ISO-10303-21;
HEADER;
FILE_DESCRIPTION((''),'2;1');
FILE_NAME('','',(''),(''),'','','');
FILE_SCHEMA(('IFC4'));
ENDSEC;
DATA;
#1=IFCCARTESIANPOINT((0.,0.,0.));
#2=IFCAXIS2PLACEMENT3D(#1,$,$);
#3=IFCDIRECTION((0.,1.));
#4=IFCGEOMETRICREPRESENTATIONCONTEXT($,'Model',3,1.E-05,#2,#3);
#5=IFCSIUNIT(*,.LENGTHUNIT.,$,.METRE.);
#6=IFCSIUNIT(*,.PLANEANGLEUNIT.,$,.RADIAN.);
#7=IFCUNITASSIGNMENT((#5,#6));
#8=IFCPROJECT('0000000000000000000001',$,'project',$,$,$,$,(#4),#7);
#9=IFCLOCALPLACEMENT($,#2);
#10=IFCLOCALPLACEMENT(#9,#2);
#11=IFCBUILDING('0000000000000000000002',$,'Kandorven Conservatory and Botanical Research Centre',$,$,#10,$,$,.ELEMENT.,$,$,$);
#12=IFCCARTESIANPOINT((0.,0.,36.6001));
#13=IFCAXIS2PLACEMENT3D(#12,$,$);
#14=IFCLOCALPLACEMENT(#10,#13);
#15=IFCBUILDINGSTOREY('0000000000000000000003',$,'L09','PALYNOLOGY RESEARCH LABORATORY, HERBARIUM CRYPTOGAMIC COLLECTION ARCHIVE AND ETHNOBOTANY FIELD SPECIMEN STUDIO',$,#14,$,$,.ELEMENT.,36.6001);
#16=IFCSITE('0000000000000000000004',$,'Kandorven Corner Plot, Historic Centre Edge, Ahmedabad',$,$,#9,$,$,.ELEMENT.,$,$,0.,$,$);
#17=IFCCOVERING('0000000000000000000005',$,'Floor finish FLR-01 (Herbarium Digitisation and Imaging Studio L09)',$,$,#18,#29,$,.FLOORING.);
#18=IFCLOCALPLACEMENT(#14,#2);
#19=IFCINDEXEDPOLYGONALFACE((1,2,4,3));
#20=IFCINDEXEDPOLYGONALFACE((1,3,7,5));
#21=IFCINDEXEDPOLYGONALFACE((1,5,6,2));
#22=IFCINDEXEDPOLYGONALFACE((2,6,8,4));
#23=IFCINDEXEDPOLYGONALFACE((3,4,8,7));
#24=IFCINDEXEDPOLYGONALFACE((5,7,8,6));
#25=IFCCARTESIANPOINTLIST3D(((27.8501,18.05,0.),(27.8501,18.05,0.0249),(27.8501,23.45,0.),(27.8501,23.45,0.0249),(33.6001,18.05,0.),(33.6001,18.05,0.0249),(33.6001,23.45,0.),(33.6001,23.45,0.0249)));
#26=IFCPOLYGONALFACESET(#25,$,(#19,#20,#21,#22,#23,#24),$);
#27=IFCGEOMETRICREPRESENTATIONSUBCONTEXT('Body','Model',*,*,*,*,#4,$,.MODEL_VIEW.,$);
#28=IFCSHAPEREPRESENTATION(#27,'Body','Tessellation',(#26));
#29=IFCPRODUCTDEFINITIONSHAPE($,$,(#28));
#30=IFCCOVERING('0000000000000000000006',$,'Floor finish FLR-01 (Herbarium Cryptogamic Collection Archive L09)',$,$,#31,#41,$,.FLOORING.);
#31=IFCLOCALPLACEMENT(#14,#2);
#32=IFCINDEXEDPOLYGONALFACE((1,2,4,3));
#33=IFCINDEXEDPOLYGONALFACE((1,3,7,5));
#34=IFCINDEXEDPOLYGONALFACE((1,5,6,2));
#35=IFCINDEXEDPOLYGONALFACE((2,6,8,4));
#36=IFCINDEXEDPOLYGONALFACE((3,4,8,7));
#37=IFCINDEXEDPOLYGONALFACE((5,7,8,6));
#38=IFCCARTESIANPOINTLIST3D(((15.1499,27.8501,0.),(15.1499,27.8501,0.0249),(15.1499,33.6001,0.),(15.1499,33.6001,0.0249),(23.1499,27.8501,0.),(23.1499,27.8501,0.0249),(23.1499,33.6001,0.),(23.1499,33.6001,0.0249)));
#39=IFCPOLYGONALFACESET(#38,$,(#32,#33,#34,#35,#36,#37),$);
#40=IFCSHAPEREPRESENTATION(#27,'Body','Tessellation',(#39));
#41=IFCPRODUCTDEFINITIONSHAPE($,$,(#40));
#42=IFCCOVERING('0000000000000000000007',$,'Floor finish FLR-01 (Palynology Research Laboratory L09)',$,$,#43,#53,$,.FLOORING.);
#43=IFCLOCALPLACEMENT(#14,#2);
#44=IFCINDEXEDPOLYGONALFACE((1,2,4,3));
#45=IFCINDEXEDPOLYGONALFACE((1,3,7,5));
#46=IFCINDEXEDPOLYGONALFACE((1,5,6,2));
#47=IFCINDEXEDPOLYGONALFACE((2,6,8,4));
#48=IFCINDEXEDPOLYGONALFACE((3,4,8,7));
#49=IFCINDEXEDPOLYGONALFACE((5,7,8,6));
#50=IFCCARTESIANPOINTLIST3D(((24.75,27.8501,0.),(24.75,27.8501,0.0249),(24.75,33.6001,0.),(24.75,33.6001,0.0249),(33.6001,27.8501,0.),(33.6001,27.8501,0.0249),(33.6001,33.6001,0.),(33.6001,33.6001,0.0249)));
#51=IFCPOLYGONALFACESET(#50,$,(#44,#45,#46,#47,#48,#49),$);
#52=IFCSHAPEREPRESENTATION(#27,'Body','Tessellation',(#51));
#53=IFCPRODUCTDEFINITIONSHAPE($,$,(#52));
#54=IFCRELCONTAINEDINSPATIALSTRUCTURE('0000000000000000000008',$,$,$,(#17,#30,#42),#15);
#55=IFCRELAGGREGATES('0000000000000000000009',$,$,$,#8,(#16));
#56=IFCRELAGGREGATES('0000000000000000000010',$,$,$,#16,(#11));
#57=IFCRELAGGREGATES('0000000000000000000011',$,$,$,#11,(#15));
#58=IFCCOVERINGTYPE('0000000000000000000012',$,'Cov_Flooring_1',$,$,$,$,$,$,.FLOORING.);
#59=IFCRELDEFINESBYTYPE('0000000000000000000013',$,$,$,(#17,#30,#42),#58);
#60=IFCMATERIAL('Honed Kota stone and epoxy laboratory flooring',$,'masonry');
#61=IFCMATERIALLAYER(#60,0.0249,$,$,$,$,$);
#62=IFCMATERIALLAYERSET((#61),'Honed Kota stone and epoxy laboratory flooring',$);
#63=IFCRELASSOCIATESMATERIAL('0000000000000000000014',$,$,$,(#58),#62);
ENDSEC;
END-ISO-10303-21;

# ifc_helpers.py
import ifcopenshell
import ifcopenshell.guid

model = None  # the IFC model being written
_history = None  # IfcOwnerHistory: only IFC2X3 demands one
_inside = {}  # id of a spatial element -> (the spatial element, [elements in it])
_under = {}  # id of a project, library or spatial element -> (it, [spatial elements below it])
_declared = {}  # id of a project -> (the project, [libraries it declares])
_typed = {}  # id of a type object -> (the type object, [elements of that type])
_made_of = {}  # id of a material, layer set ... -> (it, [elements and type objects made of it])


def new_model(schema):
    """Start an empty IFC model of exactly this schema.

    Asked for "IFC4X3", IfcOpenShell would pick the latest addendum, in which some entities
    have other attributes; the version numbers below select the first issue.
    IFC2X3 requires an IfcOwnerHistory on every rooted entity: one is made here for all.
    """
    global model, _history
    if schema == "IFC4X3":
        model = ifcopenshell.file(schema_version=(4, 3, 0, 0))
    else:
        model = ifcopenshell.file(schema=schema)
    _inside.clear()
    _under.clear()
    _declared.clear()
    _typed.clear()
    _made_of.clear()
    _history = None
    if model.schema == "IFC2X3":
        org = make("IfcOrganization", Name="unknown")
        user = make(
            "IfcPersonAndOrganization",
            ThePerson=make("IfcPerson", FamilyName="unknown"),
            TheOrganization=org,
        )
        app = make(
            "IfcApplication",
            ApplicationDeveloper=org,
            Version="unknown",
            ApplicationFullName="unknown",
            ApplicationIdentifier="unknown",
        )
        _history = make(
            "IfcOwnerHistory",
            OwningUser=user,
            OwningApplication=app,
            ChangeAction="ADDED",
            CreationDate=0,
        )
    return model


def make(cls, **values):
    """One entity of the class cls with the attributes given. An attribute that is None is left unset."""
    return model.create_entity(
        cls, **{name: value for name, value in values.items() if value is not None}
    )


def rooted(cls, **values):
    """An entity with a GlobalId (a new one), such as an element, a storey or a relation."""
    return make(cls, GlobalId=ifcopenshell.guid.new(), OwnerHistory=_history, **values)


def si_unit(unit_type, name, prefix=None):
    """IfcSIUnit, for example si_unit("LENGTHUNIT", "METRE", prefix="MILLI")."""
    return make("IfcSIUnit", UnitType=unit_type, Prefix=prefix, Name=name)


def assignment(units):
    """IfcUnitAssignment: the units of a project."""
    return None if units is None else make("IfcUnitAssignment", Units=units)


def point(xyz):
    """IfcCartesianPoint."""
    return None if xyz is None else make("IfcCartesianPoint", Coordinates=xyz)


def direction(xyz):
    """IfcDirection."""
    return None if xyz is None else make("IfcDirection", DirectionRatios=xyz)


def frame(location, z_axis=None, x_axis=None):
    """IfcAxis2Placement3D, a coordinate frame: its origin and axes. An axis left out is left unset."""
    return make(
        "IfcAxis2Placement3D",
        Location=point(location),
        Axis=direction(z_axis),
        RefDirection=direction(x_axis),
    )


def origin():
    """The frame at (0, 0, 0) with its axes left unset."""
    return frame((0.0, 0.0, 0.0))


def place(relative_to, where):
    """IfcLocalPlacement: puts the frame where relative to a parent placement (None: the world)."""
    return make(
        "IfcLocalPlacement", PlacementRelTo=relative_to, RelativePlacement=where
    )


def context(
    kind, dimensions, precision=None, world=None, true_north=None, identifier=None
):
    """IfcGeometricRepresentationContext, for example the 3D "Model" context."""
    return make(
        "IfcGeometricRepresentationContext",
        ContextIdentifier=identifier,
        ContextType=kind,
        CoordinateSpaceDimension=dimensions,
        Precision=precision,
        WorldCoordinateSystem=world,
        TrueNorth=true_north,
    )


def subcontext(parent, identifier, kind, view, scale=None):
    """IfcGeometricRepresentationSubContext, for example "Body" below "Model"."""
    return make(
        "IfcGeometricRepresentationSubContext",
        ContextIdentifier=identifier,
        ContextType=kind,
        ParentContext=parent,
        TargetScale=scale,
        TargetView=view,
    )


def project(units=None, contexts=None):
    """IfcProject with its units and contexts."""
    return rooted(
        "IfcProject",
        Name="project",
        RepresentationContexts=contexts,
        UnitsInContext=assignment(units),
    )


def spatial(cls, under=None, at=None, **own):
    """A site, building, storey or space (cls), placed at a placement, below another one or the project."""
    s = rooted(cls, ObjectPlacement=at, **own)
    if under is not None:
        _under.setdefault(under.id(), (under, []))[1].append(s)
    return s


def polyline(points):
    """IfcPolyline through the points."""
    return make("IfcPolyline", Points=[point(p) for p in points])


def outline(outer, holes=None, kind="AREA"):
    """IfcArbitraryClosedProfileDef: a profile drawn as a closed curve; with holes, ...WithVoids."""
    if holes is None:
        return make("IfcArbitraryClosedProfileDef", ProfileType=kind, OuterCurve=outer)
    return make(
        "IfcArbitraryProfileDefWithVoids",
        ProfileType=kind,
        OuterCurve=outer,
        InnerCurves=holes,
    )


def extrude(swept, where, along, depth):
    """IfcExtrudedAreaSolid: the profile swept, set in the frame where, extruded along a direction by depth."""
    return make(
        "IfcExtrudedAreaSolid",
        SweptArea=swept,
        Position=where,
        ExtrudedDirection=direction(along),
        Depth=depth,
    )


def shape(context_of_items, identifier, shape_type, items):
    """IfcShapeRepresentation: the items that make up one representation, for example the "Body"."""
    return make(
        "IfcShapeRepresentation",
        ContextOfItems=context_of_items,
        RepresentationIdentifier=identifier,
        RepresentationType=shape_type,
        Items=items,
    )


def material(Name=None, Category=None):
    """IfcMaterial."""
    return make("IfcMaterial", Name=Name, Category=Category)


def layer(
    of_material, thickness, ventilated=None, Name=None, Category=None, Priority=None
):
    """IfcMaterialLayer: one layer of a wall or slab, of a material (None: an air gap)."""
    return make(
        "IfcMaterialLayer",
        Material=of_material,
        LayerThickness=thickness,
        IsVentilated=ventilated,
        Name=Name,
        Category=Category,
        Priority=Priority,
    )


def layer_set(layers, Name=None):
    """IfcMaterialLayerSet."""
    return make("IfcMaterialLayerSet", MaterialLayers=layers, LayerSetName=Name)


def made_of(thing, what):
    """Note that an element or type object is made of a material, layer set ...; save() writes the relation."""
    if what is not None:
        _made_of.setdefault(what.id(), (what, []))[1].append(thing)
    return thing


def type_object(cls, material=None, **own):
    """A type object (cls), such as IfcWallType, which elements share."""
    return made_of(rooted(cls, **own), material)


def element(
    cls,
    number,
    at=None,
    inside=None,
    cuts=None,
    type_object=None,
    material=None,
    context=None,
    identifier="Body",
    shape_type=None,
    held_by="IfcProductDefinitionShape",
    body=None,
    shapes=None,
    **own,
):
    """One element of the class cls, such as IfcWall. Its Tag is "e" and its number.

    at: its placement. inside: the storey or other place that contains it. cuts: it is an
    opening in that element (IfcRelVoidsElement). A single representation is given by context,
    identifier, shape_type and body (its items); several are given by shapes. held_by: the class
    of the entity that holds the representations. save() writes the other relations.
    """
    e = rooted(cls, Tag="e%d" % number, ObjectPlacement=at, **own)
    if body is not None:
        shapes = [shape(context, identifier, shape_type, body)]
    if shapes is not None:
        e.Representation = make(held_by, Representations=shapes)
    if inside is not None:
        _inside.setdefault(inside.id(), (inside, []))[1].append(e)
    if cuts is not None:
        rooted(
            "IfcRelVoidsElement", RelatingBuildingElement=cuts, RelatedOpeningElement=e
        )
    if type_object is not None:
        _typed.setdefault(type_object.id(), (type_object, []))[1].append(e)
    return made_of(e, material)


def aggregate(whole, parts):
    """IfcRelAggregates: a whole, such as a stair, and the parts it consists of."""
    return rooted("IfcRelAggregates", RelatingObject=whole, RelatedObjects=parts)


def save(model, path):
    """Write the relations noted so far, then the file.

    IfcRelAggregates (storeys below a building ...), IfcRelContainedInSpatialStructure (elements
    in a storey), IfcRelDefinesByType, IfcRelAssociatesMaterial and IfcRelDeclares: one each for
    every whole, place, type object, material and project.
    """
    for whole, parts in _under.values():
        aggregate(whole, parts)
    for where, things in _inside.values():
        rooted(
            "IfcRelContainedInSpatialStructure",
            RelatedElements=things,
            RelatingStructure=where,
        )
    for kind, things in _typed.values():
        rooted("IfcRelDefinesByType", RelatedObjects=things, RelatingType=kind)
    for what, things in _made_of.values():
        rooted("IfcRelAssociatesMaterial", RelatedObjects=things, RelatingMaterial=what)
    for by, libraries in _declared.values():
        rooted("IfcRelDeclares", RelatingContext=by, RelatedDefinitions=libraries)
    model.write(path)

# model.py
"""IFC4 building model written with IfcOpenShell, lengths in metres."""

from ifc_helpers import new_model, si_unit, direction, frame, origin, place, context, subcontext, project, spatial, polyline, outline, extrude, material, layer, layer_set, type_object, element, save


model = new_model("IFC4")

# Units and contexts
model_context = context("Model", 3, precision=1e-05, world=origin(), true_north=direction((0.0, 1.0)))
body_context = subcontext(model_context, "Body", "Model", "MODEL_VIEW")
ifc_project = project(units=[si_unit("LENGTHUNIT", "METRE"), si_unit("PLANEANGLEUNIT", "RADIAN")], contexts=[model_context])

# Site, building, storey
site_placement = place(None, origin())
site = spatial("IfcSite", under=ifc_project, at=site_placement, Name="Kandorven Corner Plot, Historic Centre Edge, Ahmedabad", CompositionType="ELEMENT", RefElevation=0.0)
building_placement = place(site_placement, origin())
building = spatial("IfcBuilding", under=site, at=building_placement, Name="Kandorven Conservatory and Botanical Research Centre", CompositionType="ELEMENT")
storey_placement = place(building_placement, frame((0.0, 0.0, 36.6001)))
storey = spatial("IfcBuildingStorey", under=building, at=storey_placement, Name="L09", Description="PALYNOLOGY RESEARCH LABORATORY, HERBARIUM CRYPTOGAMIC COLLECTION ARCHIVE AND ETHNOBOTANY FIELD SPECIMEN STUDIO", CompositionType="ELEMENT", Elevation=36.6001)

# Coverings
ifc_material_1 = material(Name="Honed Kota stone and epoxy laboratory flooring", Category="masonry")
ifc_layer_1 = layer(ifc_material_1, 0.0249)
ifc_layer_set_1 = layer_set([ifc_layer_1], Name="Honed Kota stone and epoxy laboratory flooring")
covering_type_1 = type_object("IfcCoveringType", Name="Cov_Flooring_1", PredefinedType="FLOORING", material=ifc_layer_set_1)
covering_1_placement = place(storey_placement, origin())
element("IfcCovering", 1, at=covering_1_placement, inside=storey, type_object=covering_type_1, Name="Floor finish FLR-01 (Herbarium Digitisation and Imaging Studio L09)", PredefinedType="FLOORING", context=body_context, shape_type="SweptSolid", body=[
    extrude(outline(polyline([(27.8501, 18.05), (33.6001, 18.05), (33.6001, 23.45), (27.8501, 23.45), (27.8501, 18.05)])), origin(), (0.0, 0.0, 1.0), 0.0249),
])
covering_2_placement = place(storey_placement, origin())
element("IfcCovering", 2, at=covering_2_placement, inside=storey, type_object=covering_type_1, Name="Floor finish FLR-01 (Herbarium Cryptogamic Collection Archive L09)", PredefinedType="FLOORING", context=body_context, shape_type="SweptSolid", body=[
    extrude(outline(polyline([(15.1499, 27.8501), (23.1499, 27.8501), (23.1499, 33.6001), (15.1499, 33.6001), (15.1499, 27.8501)])), origin(), (0.0, 0.0, 1.0), 0.0249),
])
covering_3_placement = place(storey_placement, origin())
element("IfcCovering", 3, at=covering_3_placement, inside=storey, type_object=covering_type_1, Name="Floor finish FLR-01 (Palynology Research Laboratory L09)", PredefinedType="FLOORING", context=body_context, shape_type="SweptSolid", body=[
    extrude(outline(polyline([(24.75, 27.8501), (33.6001, 27.8501), (33.6001, 33.6001), (24.75, 33.6001), (24.75, 27.8501)])), origin(), (0.0, 0.0, 1.0), 0.0249),
])

save(model, "model.ifc")
